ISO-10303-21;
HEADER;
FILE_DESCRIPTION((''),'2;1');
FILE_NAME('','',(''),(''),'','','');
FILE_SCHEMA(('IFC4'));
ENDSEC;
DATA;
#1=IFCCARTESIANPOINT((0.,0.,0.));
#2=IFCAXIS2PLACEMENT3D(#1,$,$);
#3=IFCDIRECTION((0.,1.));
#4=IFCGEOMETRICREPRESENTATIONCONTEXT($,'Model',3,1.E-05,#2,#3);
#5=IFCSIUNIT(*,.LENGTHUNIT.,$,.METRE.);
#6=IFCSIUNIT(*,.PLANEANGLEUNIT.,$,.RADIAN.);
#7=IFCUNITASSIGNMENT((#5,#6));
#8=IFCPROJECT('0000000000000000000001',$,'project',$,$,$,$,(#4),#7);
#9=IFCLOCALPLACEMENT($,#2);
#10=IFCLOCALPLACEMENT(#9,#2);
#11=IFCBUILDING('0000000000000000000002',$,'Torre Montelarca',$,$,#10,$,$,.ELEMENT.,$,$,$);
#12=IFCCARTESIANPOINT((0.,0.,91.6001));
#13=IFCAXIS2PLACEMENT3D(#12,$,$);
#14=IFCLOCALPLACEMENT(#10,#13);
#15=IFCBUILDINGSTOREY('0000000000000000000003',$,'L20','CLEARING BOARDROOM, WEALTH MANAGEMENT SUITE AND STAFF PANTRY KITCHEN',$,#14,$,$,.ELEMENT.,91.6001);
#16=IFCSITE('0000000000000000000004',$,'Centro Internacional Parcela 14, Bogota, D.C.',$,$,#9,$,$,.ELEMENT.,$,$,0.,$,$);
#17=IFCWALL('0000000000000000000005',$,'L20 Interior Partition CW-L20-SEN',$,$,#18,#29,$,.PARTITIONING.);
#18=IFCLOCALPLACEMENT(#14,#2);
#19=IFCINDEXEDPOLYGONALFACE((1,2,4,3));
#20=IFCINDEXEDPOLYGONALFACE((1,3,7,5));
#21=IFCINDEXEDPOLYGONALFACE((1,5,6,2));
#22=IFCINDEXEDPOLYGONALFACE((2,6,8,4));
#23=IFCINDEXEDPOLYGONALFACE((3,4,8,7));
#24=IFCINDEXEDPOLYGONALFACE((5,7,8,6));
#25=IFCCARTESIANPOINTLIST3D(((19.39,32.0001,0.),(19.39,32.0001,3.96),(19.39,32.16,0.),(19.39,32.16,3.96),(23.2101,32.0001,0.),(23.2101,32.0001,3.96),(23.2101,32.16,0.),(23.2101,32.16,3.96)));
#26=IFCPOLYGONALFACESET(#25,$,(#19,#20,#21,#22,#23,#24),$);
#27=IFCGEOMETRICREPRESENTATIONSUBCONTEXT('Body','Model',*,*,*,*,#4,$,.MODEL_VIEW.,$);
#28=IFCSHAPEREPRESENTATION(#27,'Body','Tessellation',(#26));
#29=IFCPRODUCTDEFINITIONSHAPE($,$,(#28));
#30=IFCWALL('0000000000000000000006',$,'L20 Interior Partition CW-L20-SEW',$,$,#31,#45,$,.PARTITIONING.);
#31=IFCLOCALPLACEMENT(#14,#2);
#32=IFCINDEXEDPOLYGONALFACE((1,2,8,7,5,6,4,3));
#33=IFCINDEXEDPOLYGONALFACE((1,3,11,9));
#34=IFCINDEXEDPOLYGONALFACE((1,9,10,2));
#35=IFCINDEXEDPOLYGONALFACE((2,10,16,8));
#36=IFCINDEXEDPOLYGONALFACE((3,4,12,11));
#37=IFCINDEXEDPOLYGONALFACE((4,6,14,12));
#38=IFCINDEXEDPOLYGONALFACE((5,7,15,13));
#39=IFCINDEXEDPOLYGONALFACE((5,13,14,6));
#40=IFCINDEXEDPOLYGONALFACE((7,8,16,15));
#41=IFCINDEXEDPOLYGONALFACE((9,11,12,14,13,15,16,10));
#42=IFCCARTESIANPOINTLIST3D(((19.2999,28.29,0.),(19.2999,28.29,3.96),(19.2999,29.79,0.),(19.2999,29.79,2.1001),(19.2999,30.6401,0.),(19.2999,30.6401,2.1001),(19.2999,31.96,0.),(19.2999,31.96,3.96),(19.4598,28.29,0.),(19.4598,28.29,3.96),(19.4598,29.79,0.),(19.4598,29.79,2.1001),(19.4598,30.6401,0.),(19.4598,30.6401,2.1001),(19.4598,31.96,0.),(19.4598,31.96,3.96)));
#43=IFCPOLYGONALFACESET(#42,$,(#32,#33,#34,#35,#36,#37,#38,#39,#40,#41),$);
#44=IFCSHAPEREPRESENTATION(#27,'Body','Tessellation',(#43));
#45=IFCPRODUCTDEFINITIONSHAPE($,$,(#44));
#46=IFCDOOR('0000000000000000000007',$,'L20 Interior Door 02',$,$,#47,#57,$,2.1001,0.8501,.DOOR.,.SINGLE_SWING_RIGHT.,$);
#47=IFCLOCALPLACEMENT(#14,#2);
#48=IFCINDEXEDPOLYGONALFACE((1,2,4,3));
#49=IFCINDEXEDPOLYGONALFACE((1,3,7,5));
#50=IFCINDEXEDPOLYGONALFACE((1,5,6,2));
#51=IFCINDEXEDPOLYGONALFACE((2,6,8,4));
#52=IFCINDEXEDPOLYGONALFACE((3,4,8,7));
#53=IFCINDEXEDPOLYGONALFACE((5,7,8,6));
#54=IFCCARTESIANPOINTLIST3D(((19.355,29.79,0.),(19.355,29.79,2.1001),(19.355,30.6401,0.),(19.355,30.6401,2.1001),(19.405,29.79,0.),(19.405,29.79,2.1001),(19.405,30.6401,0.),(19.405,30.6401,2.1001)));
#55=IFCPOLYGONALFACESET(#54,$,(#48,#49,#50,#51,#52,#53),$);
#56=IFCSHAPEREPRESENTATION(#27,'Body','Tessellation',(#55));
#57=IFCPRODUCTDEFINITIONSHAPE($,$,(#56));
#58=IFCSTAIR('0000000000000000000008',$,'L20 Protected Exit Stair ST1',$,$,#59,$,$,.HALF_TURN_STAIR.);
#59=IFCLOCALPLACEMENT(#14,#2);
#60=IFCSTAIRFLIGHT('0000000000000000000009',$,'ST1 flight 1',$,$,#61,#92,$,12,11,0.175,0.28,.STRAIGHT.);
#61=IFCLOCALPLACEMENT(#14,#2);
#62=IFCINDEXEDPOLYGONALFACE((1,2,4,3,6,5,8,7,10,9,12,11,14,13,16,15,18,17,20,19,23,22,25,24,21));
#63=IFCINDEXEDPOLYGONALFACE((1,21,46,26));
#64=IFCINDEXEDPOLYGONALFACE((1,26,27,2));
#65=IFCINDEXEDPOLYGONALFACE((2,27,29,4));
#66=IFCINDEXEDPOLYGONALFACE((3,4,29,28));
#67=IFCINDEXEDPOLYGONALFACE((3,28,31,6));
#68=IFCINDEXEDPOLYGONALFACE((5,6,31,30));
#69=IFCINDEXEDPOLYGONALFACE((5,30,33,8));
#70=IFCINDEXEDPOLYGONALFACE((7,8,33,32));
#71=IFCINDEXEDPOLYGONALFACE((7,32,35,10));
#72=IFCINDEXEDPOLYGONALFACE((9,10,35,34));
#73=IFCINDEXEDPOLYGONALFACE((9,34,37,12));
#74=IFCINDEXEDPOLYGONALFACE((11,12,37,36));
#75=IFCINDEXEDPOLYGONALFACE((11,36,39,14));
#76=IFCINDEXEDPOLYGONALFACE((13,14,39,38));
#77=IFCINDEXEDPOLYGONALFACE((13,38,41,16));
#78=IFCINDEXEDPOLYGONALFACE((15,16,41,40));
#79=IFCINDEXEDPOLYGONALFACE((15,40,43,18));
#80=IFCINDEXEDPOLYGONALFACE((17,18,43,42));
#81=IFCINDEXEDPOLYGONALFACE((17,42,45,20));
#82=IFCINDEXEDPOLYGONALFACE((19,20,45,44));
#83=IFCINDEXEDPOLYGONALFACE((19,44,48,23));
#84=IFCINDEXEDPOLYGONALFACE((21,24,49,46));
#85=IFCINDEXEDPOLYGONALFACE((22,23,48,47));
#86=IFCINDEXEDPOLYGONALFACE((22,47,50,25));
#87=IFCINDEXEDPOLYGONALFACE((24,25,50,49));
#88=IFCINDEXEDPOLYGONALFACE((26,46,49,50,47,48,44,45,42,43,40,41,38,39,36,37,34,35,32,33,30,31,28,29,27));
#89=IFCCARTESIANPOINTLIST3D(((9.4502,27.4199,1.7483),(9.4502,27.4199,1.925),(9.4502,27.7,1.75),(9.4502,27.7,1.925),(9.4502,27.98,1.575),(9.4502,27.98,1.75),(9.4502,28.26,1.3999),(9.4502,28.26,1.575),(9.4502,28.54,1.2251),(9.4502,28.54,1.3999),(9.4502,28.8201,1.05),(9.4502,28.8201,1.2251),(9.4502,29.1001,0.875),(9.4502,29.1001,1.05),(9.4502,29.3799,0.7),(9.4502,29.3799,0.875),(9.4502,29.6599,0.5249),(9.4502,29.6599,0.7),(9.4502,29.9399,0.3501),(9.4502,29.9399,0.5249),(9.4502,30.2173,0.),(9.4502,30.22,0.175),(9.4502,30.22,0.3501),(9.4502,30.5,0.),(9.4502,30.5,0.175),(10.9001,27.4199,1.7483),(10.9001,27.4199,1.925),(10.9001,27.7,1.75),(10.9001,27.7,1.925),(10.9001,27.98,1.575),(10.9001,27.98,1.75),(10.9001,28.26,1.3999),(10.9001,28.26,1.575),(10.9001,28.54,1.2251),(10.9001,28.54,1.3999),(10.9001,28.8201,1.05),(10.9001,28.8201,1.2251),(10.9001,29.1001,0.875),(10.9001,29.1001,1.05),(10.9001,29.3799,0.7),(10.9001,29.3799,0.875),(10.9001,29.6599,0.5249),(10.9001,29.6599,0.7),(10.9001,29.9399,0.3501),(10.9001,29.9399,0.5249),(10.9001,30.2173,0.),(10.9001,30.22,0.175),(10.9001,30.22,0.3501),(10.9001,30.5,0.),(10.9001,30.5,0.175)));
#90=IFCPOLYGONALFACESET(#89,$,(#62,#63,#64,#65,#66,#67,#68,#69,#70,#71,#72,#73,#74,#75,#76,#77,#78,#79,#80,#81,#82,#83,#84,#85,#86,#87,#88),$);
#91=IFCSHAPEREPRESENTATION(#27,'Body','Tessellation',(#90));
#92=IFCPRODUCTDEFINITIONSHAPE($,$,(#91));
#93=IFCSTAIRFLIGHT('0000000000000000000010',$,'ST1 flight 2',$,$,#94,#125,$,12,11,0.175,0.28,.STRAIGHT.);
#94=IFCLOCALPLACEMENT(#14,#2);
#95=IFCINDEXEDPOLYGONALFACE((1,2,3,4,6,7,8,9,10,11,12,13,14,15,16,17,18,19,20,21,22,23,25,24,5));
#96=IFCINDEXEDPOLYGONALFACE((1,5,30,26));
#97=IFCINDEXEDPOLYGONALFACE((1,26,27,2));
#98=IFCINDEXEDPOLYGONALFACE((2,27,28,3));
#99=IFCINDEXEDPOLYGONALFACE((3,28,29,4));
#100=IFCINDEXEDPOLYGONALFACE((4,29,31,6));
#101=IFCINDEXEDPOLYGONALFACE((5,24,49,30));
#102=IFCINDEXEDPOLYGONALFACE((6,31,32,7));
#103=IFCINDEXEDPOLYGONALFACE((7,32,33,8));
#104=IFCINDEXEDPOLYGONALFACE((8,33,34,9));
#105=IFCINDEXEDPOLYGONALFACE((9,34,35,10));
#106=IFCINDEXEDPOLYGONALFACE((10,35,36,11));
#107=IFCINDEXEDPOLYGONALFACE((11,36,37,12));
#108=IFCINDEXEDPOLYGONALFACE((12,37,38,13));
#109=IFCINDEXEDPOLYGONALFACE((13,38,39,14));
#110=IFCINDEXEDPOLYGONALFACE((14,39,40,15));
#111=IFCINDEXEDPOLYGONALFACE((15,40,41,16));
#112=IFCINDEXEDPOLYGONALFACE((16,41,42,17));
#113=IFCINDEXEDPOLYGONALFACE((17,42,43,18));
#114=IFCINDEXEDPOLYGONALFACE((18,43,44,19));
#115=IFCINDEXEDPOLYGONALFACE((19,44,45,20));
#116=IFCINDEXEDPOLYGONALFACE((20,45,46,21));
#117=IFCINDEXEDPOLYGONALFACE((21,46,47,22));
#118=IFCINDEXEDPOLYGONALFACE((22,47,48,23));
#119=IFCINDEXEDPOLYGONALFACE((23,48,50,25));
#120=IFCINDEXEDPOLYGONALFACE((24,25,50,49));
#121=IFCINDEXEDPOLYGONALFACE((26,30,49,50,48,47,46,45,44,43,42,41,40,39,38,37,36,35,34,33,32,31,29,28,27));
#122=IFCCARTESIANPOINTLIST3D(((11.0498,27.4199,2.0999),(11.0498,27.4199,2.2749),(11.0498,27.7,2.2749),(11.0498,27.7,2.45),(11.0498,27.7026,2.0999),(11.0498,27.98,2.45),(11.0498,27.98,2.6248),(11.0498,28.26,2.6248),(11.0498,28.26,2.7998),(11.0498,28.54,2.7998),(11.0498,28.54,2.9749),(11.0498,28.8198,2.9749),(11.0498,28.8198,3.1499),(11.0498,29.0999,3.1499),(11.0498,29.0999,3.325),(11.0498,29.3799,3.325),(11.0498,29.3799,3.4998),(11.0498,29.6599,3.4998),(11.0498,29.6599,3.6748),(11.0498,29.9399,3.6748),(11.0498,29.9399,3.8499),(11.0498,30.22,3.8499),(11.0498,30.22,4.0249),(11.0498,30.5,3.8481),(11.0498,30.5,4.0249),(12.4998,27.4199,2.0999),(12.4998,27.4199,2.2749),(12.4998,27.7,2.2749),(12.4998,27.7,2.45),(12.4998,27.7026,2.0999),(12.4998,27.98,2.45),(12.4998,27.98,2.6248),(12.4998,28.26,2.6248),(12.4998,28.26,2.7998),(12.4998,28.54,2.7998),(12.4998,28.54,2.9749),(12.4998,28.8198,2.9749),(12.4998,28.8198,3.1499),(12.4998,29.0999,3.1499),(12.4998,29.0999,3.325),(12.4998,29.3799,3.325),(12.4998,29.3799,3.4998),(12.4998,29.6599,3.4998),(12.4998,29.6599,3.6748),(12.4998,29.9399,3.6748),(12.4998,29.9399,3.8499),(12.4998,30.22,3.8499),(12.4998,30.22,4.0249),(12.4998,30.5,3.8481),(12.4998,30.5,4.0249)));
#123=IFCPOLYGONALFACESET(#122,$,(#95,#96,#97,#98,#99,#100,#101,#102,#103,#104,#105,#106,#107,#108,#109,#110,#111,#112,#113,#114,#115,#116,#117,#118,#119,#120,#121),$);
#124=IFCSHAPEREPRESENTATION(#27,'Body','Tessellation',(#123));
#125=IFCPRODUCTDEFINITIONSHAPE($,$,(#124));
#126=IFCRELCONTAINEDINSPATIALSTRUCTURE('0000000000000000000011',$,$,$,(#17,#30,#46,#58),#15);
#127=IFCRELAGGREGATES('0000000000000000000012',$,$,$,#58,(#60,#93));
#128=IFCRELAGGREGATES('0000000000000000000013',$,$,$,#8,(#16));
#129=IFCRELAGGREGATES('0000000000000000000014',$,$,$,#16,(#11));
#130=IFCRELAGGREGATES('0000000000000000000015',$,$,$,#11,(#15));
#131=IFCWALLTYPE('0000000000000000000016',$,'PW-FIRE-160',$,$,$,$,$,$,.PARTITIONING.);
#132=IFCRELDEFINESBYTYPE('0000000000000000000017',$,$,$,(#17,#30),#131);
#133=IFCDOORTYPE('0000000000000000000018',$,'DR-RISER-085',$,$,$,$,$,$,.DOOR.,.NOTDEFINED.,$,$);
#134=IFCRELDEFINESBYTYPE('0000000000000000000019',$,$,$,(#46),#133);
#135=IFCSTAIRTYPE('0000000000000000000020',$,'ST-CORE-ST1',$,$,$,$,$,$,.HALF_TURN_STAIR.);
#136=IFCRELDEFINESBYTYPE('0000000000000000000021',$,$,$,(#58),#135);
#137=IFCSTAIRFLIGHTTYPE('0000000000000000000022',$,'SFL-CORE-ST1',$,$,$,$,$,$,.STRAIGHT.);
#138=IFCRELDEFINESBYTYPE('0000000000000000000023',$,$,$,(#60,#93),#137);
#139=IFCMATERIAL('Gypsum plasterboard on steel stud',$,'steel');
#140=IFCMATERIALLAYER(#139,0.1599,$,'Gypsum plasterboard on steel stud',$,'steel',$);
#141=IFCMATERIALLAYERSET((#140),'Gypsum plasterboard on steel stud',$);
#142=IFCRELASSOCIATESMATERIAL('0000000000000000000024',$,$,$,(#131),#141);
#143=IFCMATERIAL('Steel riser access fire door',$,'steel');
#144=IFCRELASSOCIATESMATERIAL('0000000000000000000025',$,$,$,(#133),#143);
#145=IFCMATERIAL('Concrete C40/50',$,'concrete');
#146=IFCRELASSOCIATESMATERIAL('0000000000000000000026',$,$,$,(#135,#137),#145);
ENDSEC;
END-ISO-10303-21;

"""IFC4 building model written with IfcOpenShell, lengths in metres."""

from ifc_helpers import new_model, si_unit, direction, frame, frame_2d, origin, place, context, subcontext, project, spatial, polyline, rectangle, outline, extrude, source, transform, mapped, material, layer, layer_set, type_object, element, fill, aggregate, save


model = new_model("IFC4")

# Units and contexts
model_context = context("Model", 3, precision=1e-05, world=origin(), true_north=direction((0.0, 1.0)))
body_context = subcontext(model_context, "Body", "Model", "MODEL_VIEW")
ifc_project = project(units=[si_unit("LENGTHUNIT", "METRE"), si_unit("PLANEANGLEUNIT", "RADIAN")], contexts=[model_context])

# Site, building, storey
site_placement = place(None, origin())
site = spatial("IfcSite", under=ifc_project, at=site_placement, Name="Centro Internacional Parcela 14, Bogota, D.C.", CompositionType="ELEMENT", RefElevation=0.0)
building_placement = place(site_placement, origin())
building = spatial("IfcBuilding", under=site, at=building_placement, Name="Torre Montelarca", CompositionType="ELEMENT")
storey_placement = place(building_placement, frame((0.0, 0.0, 91.6001)))
storey = spatial("IfcBuildingStorey", under=building, at=storey_placement, Name="L20", Description="CLEARING BOARDROOM, WEALTH MANAGEMENT SUITE AND STAFF PANTRY KITCHEN", CompositionType="ELEMENT", Elevation=91.6001)

# Shared definitions
ifc_material_1 = material(Name="Concrete C40/50", Category="concrete")

# Shared definitions
ifc_material_2 = material(Name="Gypsum plasterboard on steel stud", Category="steel")
ifc_layer_1 = layer(ifc_material_2, 0.1599, Name="Gypsum plasterboard on steel stud", Category="steel")
ifc_layer_set_1 = layer_set([ifc_layer_1], Name="Gypsum plasterboard on steel stud")
wall_type_1 = type_object("IfcWallType", Name="PW-FIRE-160", PredefinedType="PARTITIONING", material=ifc_layer_set_1)

# Wall
wall_1_placement = place(storey_placement, frame((19.3899, 32.0801, 0.0), z_axis=(0.0, 0.0, 1.0), x_axis=(1.0, 0.0, 0.0)))
element("IfcWall", 1, at=wall_1_placement, inside=storey, type_object=wall_type_1, Name="L20 Interior Partition CW-L20-SEN", PredefinedType="PARTITIONING", context=body_context, shape_type="SweptSolid", body=[
    extrude(rectangle(XDim=3.8201, YDim=0.1599, at=frame_2d((1.9102, 0.0))), origin(), (0.0, 0.0, 1.0), 3.96),
])

# Wall, opening, door
wall_2_placement = place(storey_placement, frame((19.3799, 28.29, 0.0), z_axis=(0.0, 0.0, 1.0), x_axis=(0.0, 1.0, 0.0)))
wall_2 = element("IfcWall", 2, at=wall_2_placement, inside=storey, type_object=wall_type_1, Name="L20 Interior Partition CW-L20-SEW", PredefinedType="PARTITIONING", context=body_context, shape_type="SweptSolid", body=[
    extrude(rectangle(XDim=3.6699, YDim=0.1599, at=frame_2d((1.835, 0.0))), origin(), (0.0, 0.0, 1.0), 3.96),
])
opening_1_placement = place(wall_2_placement, frame((1.5, 0.0, 0.0)))
opening_1 = element("IfcOpeningElement", 3, at=opening_1_placement, cuts=wall_2, PredefinedType="OPENING", context=body_context, shape_type="SweptSolid", body=[
    extrude(rectangle(XDim=0.8501, YDim=2.1001, at=frame_2d((0.425, 1.05))), frame((0.0, 0.0898, 0.0), z_axis=(0.0, -1.0, 0.0), x_axis=(1.0, 0.0, 0.0)), (0.0, 0.0, 1.0), 0.1799),
])
ifc_material_3 = material(Name="Steel riser access fire door", Category="steel")
door_type_1 = type_object("IfcDoorType", Name="DR-RISER-085", OperationType="NOTDEFINED", PredefinedType="DOOR", material=ifc_material_3)
shared_shape_1 = source(origin(), body_context, "Body", "SweptSolid", [
    extrude(rectangle(XDim=0.8501, YDim=2.1001, at=frame_2d((0.425, 1.05))), frame((0.0, 0.0249, 0.0), z_axis=(0.0, -1.0, 0.0), x_axis=(1.0, 0.0, 0.0)), (0.0, 0.0, 1.0), 0.05),
])
door_1_placement = place(opening_1_placement, origin())
door_1 = element("IfcDoor", 4, at=door_1_placement, inside=storey, type_object=door_type_1, Name="L20 Interior Door 02", OperationType="SINGLE_SWING_RIGHT", OverallHeight=2.1001, OverallWidth=0.8501, PredefinedType="DOOR", context=body_context, shape_type="MappedRepresentation", body=[
    mapped(shared_shape_1, transform((0.0, 0.0, 0.0), scale=1.0)),
])
fill(opening_1, door_1)

# Stair, stair flights
stair_type = type_object("IfcStairType", Name="ST-CORE-ST1", PredefinedType="HALF_TURN_STAIR", material=ifc_material_1)
stair_placement = place(storey_placement, origin())
stair = element("IfcStair", 5, at=stair_placement, inside=storey, type_object=stair_type, Name="L20 Protected Exit Stair ST1", PredefinedType="HALF_TURN_STAIR")
stair_flight_type = type_object("IfcStairFlightType", Name="SFL-CORE-ST1", PredefinedType="STRAIGHT", material=ifc_material_1)
stair_flight_1_placement = place(storey_placement, frame((10.175, 30.5, 0.0), z_axis=(0.0, 0.0, 1.0), x_axis=(0.0, -1.0, 0.0)))
stair_flight_1 = element("IfcStairFlight", 6, at=stair_flight_1_placement, type_object=stair_flight_type, Name="ST1 flight 1", NumberOfRisers=12, NumberOfTreads=11, PredefinedType="STRAIGHT", RiserHeight=0.175, TreadLength=0.28, context=body_context, shape_type="SweptSolid", body=[
    extrude(outline(polyline([(0.0, 0.0), (0.0, 0.175), (0.28, 0.175), (0.28, 0.3501), (0.5601, 0.3501), (0.5601, 0.5249), (0.8401, 0.5249), (0.8401, 0.7), (1.1201, 0.7), (1.1201, 0.875), (1.3999, 0.875), (1.3999, 1.05), (1.6799, 1.05), (1.6799, 1.2251), (1.96, 1.2251), (1.96, 1.3999), (2.24, 1.3999), (2.24, 1.575), (2.52, 1.575), (2.52, 1.75), (2.8, 1.75), (2.8, 1.925), (3.0801, 1.925), (3.0801, 2.1001), (3.0801, 1.7483), (0.2827, 0.0), (0.0, 0.0)])), frame((0.0, 0.7251, 0.0), z_axis=(0.0, -1.0, 0.0), x_axis=(1.0, 0.0, 0.0)), (0.0, 0.0, 1.0), 1.45),
])
stair_flight_2_placement = place(storey_placement, frame((11.7749, 27.4199, 2.0999), z_axis=(0.0, 0.0, 1.0), x_axis=(0.0, 1.0, 0.0)))
stair_flight_2 = element("IfcStairFlight", 7, at=stair_flight_2_placement, type_object=stair_flight_type, Name="ST1 flight 2", NumberOfRisers=12, NumberOfTreads=11, PredefinedType="STRAIGHT", RiserHeight=0.175, TreadLength=0.28, context=body_context, shape_type="SweptSolid", body=[
    extrude(outline(polyline([(0.0, 0.0), (0.0, 0.175), (0.28, 0.175), (0.28, 0.3501), (0.5601, 0.3501), (0.5601, 0.5249), (0.8401, 0.5249), (0.8401, 0.7), (1.1201, 0.7), (1.1201, 0.875), (1.3999, 0.875), (1.3999, 1.05), (1.6799, 1.05), (1.6799, 1.2251), (1.96, 1.2251), (1.96, 1.3999), (2.24, 1.3999), (2.24, 1.575), (2.52, 1.575), (2.52, 1.75), (2.8, 1.75), (2.8, 1.925), (3.0801, 1.925), (3.0801, 2.1001), (3.0801, 1.7483), (0.2827, 0.0), (0.0, 0.0)])), frame((0.0, 0.7251, 0.0), z_axis=(0.0, -1.0, 0.0), x_axis=(1.0, 0.0, 0.0)), (0.0, 0.0, 1.0), 1.45),
])
aggregate(stair, [stair_flight_1, stair_flight_2])

save(model, "model.ifc")
